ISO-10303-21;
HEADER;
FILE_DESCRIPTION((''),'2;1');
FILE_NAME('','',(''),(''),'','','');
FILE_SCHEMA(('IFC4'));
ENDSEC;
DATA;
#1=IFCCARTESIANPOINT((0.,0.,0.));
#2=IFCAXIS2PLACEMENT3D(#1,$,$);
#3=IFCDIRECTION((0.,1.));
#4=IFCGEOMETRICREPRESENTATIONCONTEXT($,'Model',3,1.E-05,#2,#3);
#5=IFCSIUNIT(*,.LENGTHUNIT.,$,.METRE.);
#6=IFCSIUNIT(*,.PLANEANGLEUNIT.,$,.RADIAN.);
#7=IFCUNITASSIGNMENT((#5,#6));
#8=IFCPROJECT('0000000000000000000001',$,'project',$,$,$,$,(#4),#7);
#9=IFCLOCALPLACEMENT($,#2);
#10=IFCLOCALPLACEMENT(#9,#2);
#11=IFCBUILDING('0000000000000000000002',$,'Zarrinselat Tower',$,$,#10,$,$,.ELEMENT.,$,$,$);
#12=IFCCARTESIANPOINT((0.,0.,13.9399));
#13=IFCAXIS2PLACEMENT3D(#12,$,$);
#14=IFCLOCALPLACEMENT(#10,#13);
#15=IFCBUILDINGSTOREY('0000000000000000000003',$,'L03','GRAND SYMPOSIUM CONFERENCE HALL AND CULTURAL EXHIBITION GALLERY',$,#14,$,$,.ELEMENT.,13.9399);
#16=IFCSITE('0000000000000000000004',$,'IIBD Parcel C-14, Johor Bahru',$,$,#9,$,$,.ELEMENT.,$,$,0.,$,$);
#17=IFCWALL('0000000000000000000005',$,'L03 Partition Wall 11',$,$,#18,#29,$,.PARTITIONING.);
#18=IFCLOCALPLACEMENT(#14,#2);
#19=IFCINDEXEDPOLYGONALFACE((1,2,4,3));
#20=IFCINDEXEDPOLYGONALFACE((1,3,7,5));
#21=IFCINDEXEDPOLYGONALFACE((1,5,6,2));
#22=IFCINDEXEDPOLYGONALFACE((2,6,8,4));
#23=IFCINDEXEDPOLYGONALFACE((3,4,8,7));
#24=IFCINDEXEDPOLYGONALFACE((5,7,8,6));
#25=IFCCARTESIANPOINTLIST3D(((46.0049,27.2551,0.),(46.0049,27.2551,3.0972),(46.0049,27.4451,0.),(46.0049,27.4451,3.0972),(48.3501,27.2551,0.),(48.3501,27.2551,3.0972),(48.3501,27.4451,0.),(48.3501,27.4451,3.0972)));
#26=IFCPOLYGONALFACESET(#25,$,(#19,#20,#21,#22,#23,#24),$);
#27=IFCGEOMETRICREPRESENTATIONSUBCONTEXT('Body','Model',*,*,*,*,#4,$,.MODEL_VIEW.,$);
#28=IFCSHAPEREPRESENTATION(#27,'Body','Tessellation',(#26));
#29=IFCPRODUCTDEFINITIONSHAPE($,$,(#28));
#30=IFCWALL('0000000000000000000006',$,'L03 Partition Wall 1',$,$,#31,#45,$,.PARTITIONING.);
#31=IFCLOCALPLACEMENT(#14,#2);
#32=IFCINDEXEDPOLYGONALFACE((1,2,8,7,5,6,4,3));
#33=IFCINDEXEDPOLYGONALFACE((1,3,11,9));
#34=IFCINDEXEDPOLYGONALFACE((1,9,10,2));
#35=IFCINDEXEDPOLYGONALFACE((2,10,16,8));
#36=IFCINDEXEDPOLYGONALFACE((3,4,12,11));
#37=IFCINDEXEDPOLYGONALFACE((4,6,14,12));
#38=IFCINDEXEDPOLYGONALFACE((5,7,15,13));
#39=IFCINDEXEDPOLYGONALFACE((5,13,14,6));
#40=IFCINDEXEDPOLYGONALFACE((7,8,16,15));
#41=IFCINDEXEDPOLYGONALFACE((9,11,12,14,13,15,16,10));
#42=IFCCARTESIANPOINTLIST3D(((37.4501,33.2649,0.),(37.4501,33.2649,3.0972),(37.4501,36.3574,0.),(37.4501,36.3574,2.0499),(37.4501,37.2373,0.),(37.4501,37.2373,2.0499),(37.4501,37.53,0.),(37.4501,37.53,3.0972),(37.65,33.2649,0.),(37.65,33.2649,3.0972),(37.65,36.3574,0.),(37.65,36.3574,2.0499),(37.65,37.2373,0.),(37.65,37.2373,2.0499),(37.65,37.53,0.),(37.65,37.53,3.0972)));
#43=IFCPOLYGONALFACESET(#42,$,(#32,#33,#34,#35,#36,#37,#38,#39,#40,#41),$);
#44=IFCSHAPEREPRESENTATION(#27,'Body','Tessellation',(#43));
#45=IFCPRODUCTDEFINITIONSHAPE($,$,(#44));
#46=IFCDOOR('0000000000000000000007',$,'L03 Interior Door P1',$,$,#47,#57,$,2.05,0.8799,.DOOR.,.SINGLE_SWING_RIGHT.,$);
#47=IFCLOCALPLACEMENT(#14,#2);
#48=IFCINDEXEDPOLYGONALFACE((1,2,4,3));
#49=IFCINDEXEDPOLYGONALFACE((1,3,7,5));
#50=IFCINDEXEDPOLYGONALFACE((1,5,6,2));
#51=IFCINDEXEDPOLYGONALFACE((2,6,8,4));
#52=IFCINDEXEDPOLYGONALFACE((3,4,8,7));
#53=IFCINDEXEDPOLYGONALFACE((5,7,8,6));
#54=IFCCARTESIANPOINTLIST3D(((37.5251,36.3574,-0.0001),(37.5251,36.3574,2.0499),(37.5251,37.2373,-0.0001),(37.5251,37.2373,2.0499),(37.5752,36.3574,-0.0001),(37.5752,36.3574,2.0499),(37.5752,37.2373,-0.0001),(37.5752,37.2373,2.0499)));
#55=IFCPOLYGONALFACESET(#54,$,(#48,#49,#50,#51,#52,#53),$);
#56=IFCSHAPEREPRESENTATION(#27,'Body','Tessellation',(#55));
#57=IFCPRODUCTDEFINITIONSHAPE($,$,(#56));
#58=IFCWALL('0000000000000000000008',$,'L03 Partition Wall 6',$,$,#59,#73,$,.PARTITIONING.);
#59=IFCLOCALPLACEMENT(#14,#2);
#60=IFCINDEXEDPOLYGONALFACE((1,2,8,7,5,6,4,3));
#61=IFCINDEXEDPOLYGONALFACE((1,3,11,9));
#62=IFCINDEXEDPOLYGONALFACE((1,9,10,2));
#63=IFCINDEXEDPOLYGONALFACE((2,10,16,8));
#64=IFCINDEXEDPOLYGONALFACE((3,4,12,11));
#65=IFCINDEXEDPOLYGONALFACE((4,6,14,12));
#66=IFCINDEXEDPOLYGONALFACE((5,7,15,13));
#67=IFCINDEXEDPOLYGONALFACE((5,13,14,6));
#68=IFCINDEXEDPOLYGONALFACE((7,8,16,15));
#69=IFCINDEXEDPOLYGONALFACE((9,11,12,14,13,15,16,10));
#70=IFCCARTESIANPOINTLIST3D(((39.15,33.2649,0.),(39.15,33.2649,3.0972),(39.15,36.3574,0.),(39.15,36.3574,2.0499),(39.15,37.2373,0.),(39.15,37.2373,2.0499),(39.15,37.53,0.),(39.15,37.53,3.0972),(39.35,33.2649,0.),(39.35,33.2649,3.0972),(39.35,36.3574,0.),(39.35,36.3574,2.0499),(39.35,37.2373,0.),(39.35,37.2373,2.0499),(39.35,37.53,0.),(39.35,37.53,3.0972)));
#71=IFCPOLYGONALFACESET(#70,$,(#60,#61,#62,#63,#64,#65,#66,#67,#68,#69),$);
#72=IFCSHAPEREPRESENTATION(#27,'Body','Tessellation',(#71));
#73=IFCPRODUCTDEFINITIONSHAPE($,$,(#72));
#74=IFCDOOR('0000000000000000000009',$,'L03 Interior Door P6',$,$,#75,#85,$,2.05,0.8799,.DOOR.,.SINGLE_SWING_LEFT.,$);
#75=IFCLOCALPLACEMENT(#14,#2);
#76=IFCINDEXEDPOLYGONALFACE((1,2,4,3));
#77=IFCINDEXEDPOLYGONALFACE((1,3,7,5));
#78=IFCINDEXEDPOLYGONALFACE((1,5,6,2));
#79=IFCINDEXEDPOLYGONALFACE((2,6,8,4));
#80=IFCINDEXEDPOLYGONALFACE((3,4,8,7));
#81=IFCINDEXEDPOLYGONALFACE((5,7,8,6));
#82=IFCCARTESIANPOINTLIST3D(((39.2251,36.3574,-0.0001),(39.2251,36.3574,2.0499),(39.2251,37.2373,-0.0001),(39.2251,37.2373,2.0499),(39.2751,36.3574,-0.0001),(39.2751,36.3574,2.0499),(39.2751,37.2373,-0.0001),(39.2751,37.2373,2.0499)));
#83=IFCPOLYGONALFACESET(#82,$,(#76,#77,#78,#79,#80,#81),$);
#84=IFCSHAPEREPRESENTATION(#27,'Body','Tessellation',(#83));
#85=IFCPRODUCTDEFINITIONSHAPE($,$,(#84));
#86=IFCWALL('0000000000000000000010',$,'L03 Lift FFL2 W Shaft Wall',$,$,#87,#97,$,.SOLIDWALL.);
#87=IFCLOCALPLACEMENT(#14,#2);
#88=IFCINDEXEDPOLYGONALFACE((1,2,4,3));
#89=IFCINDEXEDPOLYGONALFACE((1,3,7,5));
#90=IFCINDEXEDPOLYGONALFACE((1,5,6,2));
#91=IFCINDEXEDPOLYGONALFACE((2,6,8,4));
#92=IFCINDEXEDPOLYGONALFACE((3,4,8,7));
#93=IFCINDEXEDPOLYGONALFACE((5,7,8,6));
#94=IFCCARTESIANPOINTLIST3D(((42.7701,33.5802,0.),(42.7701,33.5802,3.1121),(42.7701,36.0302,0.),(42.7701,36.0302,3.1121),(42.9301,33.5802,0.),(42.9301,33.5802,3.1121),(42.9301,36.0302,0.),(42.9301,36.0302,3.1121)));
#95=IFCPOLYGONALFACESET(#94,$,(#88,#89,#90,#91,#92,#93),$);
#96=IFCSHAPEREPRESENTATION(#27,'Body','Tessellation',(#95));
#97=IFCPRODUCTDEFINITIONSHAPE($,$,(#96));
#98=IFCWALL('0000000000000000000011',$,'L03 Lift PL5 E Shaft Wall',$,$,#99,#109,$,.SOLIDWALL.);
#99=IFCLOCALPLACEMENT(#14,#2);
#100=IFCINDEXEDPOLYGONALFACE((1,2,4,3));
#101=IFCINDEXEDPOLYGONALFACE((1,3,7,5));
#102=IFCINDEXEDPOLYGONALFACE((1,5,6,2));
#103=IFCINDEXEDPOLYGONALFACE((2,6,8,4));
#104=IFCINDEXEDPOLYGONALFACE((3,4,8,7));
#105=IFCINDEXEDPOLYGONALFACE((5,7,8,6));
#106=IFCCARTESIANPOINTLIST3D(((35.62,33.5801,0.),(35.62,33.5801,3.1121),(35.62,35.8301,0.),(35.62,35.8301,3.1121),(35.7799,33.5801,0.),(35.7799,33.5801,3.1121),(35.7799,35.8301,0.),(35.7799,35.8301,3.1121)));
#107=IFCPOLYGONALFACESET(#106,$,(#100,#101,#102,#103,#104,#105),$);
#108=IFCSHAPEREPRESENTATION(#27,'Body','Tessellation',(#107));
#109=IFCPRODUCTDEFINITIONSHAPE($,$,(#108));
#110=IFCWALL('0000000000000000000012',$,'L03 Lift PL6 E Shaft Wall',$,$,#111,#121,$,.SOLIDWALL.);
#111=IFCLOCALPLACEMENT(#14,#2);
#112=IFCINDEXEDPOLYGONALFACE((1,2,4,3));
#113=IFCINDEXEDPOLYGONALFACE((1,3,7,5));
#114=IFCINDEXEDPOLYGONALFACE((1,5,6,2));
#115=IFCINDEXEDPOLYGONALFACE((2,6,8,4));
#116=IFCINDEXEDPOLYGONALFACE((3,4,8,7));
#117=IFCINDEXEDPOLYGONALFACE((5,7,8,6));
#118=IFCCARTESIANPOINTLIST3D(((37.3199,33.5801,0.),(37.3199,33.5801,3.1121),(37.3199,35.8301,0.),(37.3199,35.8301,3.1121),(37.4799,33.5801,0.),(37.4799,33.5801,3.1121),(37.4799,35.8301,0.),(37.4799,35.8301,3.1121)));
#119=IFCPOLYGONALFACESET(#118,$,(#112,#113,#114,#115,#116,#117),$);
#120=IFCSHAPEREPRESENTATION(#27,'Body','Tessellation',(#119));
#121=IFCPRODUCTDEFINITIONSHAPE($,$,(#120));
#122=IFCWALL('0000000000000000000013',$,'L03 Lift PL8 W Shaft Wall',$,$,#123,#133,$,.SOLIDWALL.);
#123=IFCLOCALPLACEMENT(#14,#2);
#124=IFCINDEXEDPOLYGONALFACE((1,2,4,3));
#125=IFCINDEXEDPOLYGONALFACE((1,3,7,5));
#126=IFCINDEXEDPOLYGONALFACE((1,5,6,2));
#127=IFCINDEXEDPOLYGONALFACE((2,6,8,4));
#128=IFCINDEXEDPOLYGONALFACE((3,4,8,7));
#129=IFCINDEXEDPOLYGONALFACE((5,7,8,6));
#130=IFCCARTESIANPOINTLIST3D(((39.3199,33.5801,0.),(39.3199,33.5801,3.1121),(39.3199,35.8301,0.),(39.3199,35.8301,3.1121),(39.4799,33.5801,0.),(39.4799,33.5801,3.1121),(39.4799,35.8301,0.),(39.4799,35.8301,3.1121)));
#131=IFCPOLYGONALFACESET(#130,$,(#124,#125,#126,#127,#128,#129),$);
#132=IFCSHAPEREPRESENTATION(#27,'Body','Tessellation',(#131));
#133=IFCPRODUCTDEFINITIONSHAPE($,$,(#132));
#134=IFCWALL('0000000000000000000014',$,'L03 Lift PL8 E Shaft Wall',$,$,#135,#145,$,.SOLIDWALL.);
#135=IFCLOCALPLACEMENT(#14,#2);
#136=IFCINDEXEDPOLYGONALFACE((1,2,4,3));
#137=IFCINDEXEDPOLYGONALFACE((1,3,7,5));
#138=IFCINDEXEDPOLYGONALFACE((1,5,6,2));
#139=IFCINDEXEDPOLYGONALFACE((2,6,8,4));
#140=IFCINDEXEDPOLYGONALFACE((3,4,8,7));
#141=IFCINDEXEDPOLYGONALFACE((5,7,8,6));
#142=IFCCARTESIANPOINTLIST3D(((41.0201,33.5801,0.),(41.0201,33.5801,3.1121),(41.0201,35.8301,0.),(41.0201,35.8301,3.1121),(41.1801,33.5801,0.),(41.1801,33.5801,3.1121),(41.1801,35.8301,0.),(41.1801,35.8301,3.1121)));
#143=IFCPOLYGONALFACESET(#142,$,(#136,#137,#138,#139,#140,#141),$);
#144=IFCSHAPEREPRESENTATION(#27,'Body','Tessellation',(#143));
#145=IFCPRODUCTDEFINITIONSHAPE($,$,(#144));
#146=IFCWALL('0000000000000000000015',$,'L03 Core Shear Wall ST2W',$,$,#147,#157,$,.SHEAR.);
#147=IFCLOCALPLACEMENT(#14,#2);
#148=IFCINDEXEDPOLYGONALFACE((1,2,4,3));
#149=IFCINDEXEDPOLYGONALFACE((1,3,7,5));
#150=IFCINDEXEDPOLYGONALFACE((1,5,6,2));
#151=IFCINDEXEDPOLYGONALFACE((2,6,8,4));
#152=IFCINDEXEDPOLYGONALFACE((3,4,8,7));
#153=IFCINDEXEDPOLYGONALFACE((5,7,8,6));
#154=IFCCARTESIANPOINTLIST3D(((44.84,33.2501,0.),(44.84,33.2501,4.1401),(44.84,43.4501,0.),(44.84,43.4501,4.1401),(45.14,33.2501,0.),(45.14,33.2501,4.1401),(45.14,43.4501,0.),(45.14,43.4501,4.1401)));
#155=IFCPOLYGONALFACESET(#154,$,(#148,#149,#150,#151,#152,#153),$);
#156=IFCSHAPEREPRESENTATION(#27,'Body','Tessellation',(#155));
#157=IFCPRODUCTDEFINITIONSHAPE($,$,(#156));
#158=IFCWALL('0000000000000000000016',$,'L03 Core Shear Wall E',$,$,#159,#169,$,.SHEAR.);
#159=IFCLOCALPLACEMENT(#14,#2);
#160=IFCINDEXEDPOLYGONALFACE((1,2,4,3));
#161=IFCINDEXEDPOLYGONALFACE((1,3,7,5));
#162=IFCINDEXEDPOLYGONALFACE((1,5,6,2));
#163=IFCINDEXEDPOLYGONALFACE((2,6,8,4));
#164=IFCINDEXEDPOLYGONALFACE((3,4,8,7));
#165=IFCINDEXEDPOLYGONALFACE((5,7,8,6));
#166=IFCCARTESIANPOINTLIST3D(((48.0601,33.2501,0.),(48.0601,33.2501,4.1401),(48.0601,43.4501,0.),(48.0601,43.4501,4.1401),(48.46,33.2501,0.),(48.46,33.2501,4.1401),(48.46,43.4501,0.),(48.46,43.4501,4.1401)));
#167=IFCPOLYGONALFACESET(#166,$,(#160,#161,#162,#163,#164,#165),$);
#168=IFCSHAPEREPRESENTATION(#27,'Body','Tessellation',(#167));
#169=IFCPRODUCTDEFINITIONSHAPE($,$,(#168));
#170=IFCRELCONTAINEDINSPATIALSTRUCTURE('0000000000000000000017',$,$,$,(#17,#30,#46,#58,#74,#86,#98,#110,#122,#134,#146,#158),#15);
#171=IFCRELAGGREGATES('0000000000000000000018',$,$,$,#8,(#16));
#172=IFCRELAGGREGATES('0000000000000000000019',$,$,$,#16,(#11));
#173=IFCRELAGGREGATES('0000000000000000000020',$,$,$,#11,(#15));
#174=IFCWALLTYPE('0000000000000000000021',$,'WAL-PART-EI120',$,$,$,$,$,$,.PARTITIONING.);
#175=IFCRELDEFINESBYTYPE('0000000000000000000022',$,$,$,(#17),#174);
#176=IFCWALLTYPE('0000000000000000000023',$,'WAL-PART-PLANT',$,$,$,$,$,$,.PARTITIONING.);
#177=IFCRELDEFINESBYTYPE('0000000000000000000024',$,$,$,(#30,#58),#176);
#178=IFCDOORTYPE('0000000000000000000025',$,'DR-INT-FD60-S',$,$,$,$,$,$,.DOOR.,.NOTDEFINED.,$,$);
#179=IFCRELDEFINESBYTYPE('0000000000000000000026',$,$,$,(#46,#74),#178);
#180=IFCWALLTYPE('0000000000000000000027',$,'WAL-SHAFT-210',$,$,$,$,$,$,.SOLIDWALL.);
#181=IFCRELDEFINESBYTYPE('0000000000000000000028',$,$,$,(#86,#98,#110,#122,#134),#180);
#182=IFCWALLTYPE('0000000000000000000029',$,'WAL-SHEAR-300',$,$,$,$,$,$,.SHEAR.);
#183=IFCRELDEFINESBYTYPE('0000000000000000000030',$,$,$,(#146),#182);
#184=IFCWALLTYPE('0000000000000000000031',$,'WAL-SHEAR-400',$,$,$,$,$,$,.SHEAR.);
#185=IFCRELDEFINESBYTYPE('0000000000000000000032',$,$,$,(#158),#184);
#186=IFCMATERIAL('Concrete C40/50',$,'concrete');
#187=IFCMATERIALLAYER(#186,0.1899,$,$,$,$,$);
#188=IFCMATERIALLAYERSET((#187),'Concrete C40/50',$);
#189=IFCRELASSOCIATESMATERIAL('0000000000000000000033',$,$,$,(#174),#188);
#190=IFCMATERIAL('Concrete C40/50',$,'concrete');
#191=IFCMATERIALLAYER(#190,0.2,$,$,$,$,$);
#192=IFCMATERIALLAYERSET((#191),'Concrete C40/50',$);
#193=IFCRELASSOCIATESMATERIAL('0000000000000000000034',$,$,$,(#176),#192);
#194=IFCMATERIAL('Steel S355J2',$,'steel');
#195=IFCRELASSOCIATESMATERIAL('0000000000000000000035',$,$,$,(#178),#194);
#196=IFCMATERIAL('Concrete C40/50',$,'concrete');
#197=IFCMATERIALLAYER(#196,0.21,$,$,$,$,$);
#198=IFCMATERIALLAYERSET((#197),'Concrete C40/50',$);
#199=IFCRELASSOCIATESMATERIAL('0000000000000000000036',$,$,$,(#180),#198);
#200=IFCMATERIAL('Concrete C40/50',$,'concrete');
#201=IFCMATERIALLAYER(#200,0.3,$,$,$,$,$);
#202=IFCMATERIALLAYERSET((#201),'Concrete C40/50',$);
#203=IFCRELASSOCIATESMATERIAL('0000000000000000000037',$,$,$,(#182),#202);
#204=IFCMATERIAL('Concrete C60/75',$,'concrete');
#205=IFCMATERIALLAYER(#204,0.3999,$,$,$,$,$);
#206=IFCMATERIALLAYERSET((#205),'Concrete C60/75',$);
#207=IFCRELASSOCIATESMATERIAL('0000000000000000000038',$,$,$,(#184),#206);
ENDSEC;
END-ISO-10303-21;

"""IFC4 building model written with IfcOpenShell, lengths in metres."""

from ifc_helpers import new_model, si_unit, direction, frame, frame_2d, origin, place, context, subcontext, project, spatial, rectangle, extrude, material, layer, layer_set, type_object, element, fill, save


model = new_model("IFC4")

# Units and contexts
model_context = context("Model", 3, precision=1e-05, world=origin(), true_north=direction((0.0, 1.0)))
body_context = subcontext(model_context, "Body", "Model", "MODEL_VIEW")
ifc_project = project(units=[si_unit("LENGTHUNIT", "METRE"), si_unit("PLANEANGLEUNIT", "RADIAN")], contexts=[model_context])

# Site, building, storey
site_placement = place(None, origin())
site = spatial("IfcSite", under=ifc_project, at=site_placement, Name="IIBD Parcel C-14, Johor Bahru", CompositionType="ELEMENT", RefElevation=0.0)
building_placement = place(site_placement, origin())
building = spatial("IfcBuilding", under=site, at=building_placement, Name="Zarrinselat Tower", CompositionType="ELEMENT")
storey_placement = place(building_placement, frame((0.0, 0.0, 13.9399)))
storey = spatial("IfcBuildingStorey", under=building, at=storey_placement, Name="L03", Description="GRAND SYMPOSIUM CONFERENCE HALL AND CULTURAL EXHIBITION GALLERY", CompositionType="ELEMENT", Elevation=13.9399)

# Shared definitions
ifc_material_1 = material(Name="Concrete C40/50", Category="concrete")
ifc_layer_1 = layer(ifc_material_1, 0.1899)
ifc_layer_set_1 = layer_set([ifc_layer_1], Name="Concrete C40/50")
wall_type_1 = type_object("IfcWallType", Name="WAL-PART-EI120", PredefinedType="PARTITIONING", material=ifc_layer_set_1)

# Wall
wall_1_placement = place(storey_placement, frame((46.0049, 27.3501, 0.0), z_axis=(0.0, 0.0, 1.0), x_axis=(1.0, 0.0, 0.0)))
element("IfcWall", 1, at=wall_1_placement, inside=storey, type_object=wall_type_1, Name="L03 Partition Wall 11", PredefinedType="PARTITIONING", context=body_context, shape_type="SweptSolid", body=[
    extrude(rectangle(XDim=2.3452, YDim=0.1899, at=frame_2d((1.1726, 0.0))), origin(), (0.0, 0.0, 1.0), 3.0972),
])

# Walls, openings, doors
ifc_material_2 = material(Name="Concrete C40/50", Category="concrete")
ifc_layer_2 = layer(ifc_material_2, 0.2)
ifc_layer_set_2 = layer_set([ifc_layer_2], Name="Concrete C40/50")
wall_type_2 = type_object("IfcWallType", Name="WAL-PART-PLANT", PredefinedType="PARTITIONING", material=ifc_layer_set_2)
wall_2_placement = place(storey_placement, frame((37.55, 33.2649, 0.0), z_axis=(0.0, 0.0, 1.0), x_axis=(0.0, 1.0, 0.0)))
wall_2 = element("IfcWall", 2, at=wall_2_placement, inside=storey, type_object=wall_type_2, Name="L03 Partition Wall 1", PredefinedType="PARTITIONING", context=body_context, shape_type="SweptSolid", body=[
    extrude(rectangle(XDim=4.2651, YDim=0.2, at=frame_2d((2.1326, 0.0))), origin(), (0.0, 0.0, 1.0), 3.0972),
])
opening_1_placement = place(wall_2_placement, frame((3.0925, 0.0, 0.0)))
opening_1 = element("IfcOpeningElement", 3, at=opening_1_placement, cuts=wall_2, PredefinedType="OPENING", context=body_context, shape_type="SweptSolid", body=[
    extrude(rectangle(XDim=0.8799, YDim=2.05, at=frame_2d((0.4399, 1.0249))), frame((0.0, 0.1099, 0.0), z_axis=(0.0, -1.0, 0.0), x_axis=(1.0, 0.0, 0.0)), (0.0, 0.0, 1.0), 0.22),
])
ifc_material_3 = material(Name="Steel S355J2", Category="steel")
door_type_1 = type_object("IfcDoorType", Name="DR-INT-FD60-S", OperationType="NOTDEFINED", PredefinedType="DOOR", material=ifc_material_3)
door_1_placement = place(opening_1_placement, origin())
door_1 = element("IfcDoor", 4, at=door_1_placement, inside=storey, type_object=door_type_1, Name="L03 Interior Door P1", OperationType="SINGLE_SWING_RIGHT", OverallHeight=2.05, OverallWidth=0.8799, PredefinedType="DOOR", context=body_context, shape_type="SweptSolid", body=[
    extrude(rectangle(XDim=0.8799, YDim=2.05, at=frame_2d((0.4399, 1.0249))), frame((0.0, 0.0249, 0.0), z_axis=(0.0, -1.0, 0.0), x_axis=(1.0, 0.0, 0.0)), (0.0, 0.0, 1.0), 0.05),
])
fill(opening_1, door_1)
wall_3_placement = place(storey_placement, frame((39.25, 33.2649, 0.0), z_axis=(0.0, 0.0, 1.0), x_axis=(0.0, 1.0, 0.0)))
wall_3 = element("IfcWall", 5, at=wall_3_placement, inside=storey, type_object=wall_type_2, Name="L03 Partition Wall 6", PredefinedType="PARTITIONING", context=body_context, shape_type="SweptSolid", body=[
    extrude(rectangle(XDim=4.2651, YDim=0.2, at=frame_2d((2.1326, 0.0))), origin(), (0.0, 0.0, 1.0), 3.0972),
])
opening_2_placement = place(wall_3_placement, frame((3.0925, 0.0, 0.0)))
opening_2 = element("IfcOpeningElement", 6, at=opening_2_placement, cuts=wall_3, PredefinedType="OPENING", context=body_context, shape_type="SweptSolid", body=[
    extrude(rectangle(XDim=0.8799, YDim=2.05, at=frame_2d((0.4399, 1.0249))), frame((0.0, 0.1099, 0.0), z_axis=(0.0, -1.0, 0.0), x_axis=(1.0, 0.0, 0.0)), (0.0, 0.0, 1.0), 0.22),
])
door_2_placement = place(opening_2_placement, origin())
door_2 = element("IfcDoor", 7, at=door_2_placement, inside=storey, type_object=door_type_1, Name="L03 Interior Door P6", OperationType="SINGLE_SWING_LEFT", OverallHeight=2.05, OverallWidth=0.8799, PredefinedType="DOOR", context=body_context, shape_type="SweptSolid", body=[
    extrude(rectangle(XDim=0.8799, YDim=2.05, at=frame_2d((0.4399, 1.0249))), frame((0.0, 0.0249, 0.0), z_axis=(0.0, -1.0, 0.0), x_axis=(1.0, 0.0, 0.0)), (0.0, 0.0, 1.0), 0.05),
])
fill(opening_2, door_2)

# Walls
ifc_material_4 = material(Name="Concrete C40/50", Category="concrete")
ifc_layer_3 = layer(ifc_material_4, 0.21)
ifc_layer_set_3 = layer_set([ifc_layer_3], Name="Concrete C40/50")
wall_type_3 = type_object("IfcWallType", Name="WAL-SHAFT-210", PredefinedType="SOLIDWALL", material=ifc_layer_set_3)
wall_4_placement = place(storey_placement, frame((42.8501, 33.5801, 0.0), z_axis=(0.0, 0.0, 1.0), x_axis=(0.0, 1.0, 0.0)))
element("IfcWall", 8, at=wall_4_placement, inside=storey, type_object=wall_type_3, Name="L03 Lift FFL2 W Shaft Wall", PredefinedType="SOLIDWALL", context=body_context, shape_type="SweptSolid", body=[
    extrude(rectangle(XDim=2.45, YDim=0.1599, at=frame_2d((1.2251, 0.0))), origin(), (0.0, 0.0, 1.0), 3.1121),
])
for number, where, z_axis, x_axis, name in (
    (9, (35.7, 33.5801, 0.0), (0.0, 0.0, 1.0), (0.0, 1.0, 0.0), "L03 Lift PL5 E Shaft Wall"),
    (10, (37.3999, 33.5801, 0.0), (0.0, 0.0, 1.0), (0.0, 1.0, 0.0), "L03 Lift PL6 E Shaft Wall"),
    (11, (39.3999, 33.5801, 0.0), (0.0, 0.0, 1.0), (0.0, 1.0, 0.0), "L03 Lift PL8 W Shaft Wall"),
    (12, (41.1001, 33.5801, 0.0), (0.0, 0.0, 1.0), (0.0, 1.0, 0.0), "L03 Lift PL8 E Shaft Wall"),
):
    element("IfcWall", number, at=place(storey_placement, frame(where, z_axis=z_axis, x_axis=x_axis)), inside=storey, type_object=wall_type_3, Name=name, PredefinedType="SOLIDWALL", context=body_context, shape_type="SweptSolid", body=[
        extrude(rectangle(XDim=2.25, YDim=0.1599, at=frame_2d((1.125, 0.0))), origin(), (0.0, 0.0, 1.0), 3.1121),
    ])
ifc_material_5 = material(Name="Concrete C40/50", Category="concrete")
ifc_layer_4 = layer(ifc_material_5, 0.3)
ifc_layer_set_4 = layer_set([ifc_layer_4], Name="Concrete C40/50")
wall_type_4 = type_object("IfcWallType", Name="WAL-SHEAR-300", PredefinedType="SHEAR", material=ifc_layer_set_4)
wall_5_placement = place(storey_placement, frame((44.99, 33.25, 0.0), z_axis=(0.0, 0.0, 1.0), x_axis=(0.0, 1.0, 0.0)))
element("IfcWall", 13, at=wall_5_placement, inside=storey, type_object=wall_type_4, Name="L03 Core Shear Wall ST2W", PredefinedType="SHEAR", context=body_context, shape_type="SweptSolid", body=[
    extrude(rectangle(XDim=10.2, YDim=0.3, at=frame_2d((5.1001, 0.0))), origin(), (0.0, 0.0, 1.0), 4.1401),
])
ifc_material_6 = material(Name="Concrete C60/75", Category="concrete")
ifc_layer_5 = layer(ifc_material_6, 0.3999)
ifc_layer_set_5 = layer_set([ifc_layer_5], Name="Concrete C60/75")
wall_type_5 = type_object("IfcWallType", Name="WAL-SHEAR-400", PredefinedType="SHEAR", material=ifc_layer_set_5)
wall_6_placement = place(storey_placement, frame((48.26, 33.25, 0.0), z_axis=(0.0, 0.0, 1.0), x_axis=(0.0, 1.0, 0.0)))
element("IfcWall", 14, at=wall_6_placement, inside=storey, type_object=wall_type_5, Name="L03 Core Shear Wall E", PredefinedType="SHEAR", context=body_context, shape_type="SweptSolid", body=[
    extrude(rectangle(XDim=10.2, YDim=0.3999, at=frame_2d((5.1001, 0.0))), origin(), (0.0, 0.0, 1.0), 4.1401),
])

save(model, "model.ifc")
